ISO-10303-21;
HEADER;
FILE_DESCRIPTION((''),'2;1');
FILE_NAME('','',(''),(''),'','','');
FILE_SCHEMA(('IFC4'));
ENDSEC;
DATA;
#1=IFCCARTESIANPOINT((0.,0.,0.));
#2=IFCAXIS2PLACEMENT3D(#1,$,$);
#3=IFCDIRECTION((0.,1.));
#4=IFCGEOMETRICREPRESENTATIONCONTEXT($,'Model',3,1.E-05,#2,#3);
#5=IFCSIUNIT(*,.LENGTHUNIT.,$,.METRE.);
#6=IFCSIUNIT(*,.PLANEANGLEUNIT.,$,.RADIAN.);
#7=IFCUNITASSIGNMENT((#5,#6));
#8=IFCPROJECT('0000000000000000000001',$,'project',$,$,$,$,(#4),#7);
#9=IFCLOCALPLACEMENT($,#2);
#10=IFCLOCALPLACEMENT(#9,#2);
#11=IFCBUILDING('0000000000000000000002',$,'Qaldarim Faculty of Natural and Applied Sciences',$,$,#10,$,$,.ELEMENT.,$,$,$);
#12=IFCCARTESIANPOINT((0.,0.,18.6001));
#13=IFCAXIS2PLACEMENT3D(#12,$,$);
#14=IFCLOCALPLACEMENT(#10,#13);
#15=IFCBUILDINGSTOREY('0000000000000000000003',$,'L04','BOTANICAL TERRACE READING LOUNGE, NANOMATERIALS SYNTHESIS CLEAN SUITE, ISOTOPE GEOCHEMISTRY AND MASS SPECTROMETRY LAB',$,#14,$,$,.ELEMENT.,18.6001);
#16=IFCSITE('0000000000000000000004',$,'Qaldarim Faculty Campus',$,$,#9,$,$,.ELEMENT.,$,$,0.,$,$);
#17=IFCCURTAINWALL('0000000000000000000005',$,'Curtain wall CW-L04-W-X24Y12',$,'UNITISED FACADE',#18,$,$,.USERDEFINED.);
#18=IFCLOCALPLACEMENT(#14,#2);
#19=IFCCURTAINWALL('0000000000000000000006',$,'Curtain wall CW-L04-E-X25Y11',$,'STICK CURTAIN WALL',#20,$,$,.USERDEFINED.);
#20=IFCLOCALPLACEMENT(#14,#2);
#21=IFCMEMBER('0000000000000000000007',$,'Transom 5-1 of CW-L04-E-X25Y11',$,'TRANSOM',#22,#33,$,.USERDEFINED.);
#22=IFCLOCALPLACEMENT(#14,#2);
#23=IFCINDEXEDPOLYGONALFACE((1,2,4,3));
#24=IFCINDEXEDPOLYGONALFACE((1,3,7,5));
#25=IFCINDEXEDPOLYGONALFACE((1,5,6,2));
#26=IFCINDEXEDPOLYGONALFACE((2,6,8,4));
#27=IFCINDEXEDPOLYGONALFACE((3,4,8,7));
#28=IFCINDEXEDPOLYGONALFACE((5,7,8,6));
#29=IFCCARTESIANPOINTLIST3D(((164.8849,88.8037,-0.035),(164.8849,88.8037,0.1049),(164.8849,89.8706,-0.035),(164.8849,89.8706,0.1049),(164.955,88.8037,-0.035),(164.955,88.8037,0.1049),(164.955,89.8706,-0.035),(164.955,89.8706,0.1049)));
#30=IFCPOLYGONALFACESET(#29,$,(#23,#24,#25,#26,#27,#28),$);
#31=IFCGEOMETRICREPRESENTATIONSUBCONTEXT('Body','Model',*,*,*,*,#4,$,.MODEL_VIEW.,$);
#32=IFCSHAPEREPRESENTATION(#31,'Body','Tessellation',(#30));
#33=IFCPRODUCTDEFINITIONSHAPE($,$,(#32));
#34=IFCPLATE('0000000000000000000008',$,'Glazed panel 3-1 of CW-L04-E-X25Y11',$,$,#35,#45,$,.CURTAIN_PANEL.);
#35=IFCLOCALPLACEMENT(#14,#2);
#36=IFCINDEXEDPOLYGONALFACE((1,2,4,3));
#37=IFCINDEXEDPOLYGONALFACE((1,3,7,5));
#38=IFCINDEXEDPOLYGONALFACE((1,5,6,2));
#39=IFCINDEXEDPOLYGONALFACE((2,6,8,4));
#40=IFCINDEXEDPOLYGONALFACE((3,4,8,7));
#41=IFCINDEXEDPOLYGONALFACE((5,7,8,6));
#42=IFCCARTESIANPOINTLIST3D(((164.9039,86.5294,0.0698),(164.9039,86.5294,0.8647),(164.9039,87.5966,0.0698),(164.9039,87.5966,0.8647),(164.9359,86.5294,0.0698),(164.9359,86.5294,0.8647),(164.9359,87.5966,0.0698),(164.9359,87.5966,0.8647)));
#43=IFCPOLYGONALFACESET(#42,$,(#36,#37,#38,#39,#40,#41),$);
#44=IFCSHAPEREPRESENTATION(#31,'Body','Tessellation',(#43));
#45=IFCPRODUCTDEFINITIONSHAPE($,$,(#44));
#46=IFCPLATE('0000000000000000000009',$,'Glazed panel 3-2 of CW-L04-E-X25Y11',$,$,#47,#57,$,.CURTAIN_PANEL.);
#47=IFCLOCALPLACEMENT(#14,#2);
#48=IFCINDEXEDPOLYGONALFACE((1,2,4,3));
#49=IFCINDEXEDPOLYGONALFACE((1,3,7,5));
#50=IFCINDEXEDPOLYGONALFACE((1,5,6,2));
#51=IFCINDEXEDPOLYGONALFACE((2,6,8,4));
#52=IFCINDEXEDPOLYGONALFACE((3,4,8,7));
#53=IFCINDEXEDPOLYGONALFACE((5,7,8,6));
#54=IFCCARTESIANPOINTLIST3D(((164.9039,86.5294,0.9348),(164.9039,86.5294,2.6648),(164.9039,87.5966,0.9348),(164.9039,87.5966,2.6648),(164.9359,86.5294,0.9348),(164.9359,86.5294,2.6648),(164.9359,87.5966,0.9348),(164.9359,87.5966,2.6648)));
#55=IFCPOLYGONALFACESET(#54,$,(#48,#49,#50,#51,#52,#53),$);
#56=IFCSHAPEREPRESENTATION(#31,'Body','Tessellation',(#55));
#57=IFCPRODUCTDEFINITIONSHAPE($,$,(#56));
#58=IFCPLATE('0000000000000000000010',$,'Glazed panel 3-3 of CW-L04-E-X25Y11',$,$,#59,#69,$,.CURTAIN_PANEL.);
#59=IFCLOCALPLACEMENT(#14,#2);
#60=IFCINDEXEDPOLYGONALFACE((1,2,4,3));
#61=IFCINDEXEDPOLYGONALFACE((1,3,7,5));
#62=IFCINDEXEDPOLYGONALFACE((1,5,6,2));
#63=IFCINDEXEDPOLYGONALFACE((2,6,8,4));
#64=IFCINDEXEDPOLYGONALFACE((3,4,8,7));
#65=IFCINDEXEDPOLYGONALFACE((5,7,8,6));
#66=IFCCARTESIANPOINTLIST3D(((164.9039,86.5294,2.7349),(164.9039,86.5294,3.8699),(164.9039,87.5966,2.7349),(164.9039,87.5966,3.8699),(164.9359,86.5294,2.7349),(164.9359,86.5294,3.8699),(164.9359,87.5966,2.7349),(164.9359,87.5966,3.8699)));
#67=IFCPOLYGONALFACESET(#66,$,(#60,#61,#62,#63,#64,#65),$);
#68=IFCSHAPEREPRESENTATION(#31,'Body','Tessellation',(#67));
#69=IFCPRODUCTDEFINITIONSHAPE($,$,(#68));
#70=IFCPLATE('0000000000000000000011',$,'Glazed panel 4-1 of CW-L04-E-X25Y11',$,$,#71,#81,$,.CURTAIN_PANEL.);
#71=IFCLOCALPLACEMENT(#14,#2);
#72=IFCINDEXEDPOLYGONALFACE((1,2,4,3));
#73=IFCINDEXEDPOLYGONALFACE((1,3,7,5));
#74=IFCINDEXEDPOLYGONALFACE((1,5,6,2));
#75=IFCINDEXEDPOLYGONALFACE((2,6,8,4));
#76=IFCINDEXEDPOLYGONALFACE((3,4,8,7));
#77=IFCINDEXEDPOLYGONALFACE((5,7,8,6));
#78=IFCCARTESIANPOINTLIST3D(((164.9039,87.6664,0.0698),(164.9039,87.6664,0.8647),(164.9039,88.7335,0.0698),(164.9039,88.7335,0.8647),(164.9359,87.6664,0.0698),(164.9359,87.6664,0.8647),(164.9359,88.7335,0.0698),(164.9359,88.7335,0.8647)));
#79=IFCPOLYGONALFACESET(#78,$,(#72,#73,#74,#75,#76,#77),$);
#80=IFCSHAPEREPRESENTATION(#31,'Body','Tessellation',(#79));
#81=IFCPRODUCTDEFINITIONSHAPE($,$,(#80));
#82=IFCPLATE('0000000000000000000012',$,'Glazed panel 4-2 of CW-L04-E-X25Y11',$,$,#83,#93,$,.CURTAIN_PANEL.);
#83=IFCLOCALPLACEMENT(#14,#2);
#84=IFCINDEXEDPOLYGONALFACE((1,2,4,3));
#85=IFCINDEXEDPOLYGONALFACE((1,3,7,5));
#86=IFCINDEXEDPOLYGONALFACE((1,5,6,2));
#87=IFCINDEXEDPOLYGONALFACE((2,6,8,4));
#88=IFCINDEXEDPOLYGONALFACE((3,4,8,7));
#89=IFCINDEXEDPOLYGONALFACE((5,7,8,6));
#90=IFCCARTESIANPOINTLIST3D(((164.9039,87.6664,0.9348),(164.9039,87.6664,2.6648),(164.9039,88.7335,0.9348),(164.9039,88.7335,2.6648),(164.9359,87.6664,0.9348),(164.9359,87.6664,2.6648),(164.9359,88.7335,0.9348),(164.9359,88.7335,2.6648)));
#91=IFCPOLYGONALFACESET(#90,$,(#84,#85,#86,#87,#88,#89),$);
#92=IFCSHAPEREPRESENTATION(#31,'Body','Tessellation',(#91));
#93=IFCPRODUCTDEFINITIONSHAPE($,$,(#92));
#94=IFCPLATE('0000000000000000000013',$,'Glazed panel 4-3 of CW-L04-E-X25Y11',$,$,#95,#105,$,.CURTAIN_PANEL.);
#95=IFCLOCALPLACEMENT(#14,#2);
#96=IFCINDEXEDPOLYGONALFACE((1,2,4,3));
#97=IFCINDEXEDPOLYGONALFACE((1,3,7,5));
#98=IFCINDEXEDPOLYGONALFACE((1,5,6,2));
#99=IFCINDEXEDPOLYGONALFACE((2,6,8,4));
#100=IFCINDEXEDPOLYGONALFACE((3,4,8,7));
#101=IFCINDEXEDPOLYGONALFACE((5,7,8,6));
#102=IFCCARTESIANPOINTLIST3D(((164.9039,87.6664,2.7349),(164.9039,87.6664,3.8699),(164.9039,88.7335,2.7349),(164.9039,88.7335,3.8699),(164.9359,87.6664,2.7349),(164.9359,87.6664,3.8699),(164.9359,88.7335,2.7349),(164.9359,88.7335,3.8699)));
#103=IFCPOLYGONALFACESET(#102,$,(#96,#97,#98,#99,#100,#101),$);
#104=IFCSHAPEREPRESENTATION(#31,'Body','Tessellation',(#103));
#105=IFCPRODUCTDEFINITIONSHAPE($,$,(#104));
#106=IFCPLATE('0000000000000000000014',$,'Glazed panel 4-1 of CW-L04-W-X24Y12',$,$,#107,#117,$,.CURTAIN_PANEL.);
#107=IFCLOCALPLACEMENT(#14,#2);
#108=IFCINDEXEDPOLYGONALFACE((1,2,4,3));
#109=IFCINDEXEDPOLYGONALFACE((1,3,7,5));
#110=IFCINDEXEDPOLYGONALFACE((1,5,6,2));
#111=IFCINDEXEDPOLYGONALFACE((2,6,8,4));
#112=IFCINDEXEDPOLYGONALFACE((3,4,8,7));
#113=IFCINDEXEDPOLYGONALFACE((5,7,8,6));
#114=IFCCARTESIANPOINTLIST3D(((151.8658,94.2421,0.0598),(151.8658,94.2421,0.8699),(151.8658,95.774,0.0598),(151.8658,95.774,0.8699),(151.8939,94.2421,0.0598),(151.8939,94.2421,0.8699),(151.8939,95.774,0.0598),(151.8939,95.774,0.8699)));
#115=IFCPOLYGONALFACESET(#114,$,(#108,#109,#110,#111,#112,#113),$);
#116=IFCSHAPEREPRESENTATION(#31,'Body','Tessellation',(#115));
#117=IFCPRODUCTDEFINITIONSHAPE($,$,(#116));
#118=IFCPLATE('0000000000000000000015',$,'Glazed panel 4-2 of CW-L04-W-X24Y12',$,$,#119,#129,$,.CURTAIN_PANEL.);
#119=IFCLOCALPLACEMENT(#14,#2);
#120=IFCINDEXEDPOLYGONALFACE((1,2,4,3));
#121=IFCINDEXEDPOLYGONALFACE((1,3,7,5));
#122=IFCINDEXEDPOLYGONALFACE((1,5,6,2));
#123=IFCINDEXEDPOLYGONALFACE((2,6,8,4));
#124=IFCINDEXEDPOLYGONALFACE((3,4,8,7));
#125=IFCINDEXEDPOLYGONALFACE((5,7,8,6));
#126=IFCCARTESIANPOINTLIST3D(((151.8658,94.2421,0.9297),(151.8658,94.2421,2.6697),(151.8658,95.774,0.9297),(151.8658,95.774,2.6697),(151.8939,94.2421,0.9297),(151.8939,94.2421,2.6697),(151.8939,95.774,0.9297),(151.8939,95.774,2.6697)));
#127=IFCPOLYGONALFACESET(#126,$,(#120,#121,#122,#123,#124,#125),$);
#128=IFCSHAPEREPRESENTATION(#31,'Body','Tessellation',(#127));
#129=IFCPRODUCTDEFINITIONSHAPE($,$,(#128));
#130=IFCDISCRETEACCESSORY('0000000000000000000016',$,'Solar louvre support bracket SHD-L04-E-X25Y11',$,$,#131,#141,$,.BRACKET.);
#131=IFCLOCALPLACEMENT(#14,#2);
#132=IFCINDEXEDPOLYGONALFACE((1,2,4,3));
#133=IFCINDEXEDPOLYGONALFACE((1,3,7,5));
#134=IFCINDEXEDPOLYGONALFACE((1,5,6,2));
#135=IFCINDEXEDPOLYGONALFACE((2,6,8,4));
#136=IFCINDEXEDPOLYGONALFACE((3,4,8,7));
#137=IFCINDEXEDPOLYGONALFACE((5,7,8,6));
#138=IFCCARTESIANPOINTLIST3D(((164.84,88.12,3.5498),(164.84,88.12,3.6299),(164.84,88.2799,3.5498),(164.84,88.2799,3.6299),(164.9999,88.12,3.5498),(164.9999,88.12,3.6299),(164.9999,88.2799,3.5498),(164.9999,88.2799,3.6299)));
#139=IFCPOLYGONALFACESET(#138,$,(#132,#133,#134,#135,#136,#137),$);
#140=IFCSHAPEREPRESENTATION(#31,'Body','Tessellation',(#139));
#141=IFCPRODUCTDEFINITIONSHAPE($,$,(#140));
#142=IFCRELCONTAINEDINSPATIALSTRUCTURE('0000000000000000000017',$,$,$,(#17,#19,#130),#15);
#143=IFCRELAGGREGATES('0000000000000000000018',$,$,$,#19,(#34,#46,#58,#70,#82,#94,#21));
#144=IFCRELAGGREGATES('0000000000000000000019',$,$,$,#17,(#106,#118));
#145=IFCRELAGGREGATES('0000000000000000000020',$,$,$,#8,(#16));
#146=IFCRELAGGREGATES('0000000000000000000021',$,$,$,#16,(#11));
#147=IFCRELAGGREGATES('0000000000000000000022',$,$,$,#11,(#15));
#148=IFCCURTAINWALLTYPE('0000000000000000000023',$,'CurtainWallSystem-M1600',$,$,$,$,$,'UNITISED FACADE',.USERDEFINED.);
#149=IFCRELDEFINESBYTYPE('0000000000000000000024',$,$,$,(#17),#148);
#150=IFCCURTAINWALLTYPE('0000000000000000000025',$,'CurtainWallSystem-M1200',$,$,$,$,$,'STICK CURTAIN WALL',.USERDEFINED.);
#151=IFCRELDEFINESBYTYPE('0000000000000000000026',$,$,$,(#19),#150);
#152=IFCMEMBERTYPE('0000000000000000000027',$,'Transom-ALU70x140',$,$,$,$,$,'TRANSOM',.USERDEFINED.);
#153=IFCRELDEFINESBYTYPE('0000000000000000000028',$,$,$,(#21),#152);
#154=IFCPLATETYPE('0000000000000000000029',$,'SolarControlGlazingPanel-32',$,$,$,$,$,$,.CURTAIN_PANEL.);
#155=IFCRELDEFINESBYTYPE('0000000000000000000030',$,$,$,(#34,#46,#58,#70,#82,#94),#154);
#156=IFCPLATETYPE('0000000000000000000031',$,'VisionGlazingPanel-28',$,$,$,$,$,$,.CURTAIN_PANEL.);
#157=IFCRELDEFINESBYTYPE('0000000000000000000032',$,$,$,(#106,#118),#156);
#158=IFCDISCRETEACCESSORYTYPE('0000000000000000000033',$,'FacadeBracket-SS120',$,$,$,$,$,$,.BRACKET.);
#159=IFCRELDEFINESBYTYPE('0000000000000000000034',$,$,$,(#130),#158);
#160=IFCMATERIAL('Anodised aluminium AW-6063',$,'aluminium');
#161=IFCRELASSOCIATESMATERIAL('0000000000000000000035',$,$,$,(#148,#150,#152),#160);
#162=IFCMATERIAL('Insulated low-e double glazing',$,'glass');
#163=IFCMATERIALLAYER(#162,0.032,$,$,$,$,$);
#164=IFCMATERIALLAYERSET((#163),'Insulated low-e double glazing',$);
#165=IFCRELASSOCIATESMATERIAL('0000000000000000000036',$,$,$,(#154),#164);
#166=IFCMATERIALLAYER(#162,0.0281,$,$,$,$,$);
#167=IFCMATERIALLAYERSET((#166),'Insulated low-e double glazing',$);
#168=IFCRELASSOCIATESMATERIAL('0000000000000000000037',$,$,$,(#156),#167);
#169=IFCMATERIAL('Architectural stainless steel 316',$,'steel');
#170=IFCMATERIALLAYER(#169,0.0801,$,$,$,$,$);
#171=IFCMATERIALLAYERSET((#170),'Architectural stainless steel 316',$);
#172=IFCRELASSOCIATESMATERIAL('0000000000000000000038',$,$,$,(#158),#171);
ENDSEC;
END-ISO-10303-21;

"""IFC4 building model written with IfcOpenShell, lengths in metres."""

from ifc_helpers import new_model, si_unit, direction, frame, origin, origin_2d, place, context, subcontext, project, spatial, rectangle, extrude, material, layer, layer_set, material_profile, profile_set, type_object, element, aggregate, save


model = new_model("IFC4")

# Units and contexts
model_context = context("Model", 3, precision=1e-05, world=origin(), true_north=direction((0.0, 1.0)))
body_context = subcontext(model_context, "Body", "Model", "MODEL_VIEW")
ifc_project = project(units=[si_unit("LENGTHUNIT", "METRE"), si_unit("PLANEANGLEUNIT", "RADIAN")], contexts=[model_context])

# Site, building, storey
site_placement = place(None, origin())
site = spatial("IfcSite", under=ifc_project, at=site_placement, Name="Qaldarim Faculty Campus", CompositionType="ELEMENT", RefElevation=0.0)
building_placement = place(site_placement, origin())
building = spatial("IfcBuilding", under=site, at=building_placement, Name="Qaldarim Faculty of Natural and Applied Sciences", CompositionType="ELEMENT")
storey_placement = place(building_placement, frame((0.0, 0.0, 18.6001)))
storey = spatial("IfcBuildingStorey", under=building, at=storey_placement, Name="L04", Description="BOTANICAL TERRACE READING LOUNGE, NANOMATERIALS SYNTHESIS CLEAN SUITE, ISOTOPE GEOCHEMISTRY AND MASS SPECTROMETRY LAB", CompositionType="ELEMENT", Elevation=18.6001)

# Curtain wall
ifc_material_1 = material(Name="Anodised aluminium AW-6063", Category="aluminium")
curtain_wall_type_1 = type_object("IfcCurtainWallType", Name="CurtainWallSystem-M1600", ElementType="UNITISED FACADE", PredefinedType="USERDEFINED", material=ifc_material_1)
curtain_wall_1_placement = place(storey_placement, origin())
curtain_wall_1 = element("IfcCurtainWall", 1, at=curtain_wall_1_placement, inside=storey, type_object=curtain_wall_type_1, Name="Curtain wall CW-L04-W-X24Y12", ObjectType="UNITISED FACADE", PredefinedType="USERDEFINED")

# Curtain wall
curtain_wall_type_2 = type_object("IfcCurtainWallType", Name="CurtainWallSystem-M1200", ElementType="STICK CURTAIN WALL", PredefinedType="USERDEFINED", material=ifc_material_1)
curtain_wall_2_placement = place(storey_placement, origin())
curtain_wall_2 = element("IfcCurtainWall", 2, at=curtain_wall_2_placement, inside=storey, type_object=curtain_wall_type_2, Name="Curtain wall CW-L04-E-X25Y11", ObjectType="STICK CURTAIN WALL", PredefinedType="USERDEFINED")

# Member
ifc_material_profile_1 = material_profile(ifc_material_1, rectangle(XDim=0.0701, YDim=0.1399, at=origin_2d()), Name="ALU-T70x140")
ifc_profile_set_1 = profile_set([ifc_material_profile_1], Name="Anodised aluminium AW-6063")
member_type_1 = type_object("IfcMemberType", Name="Transom-ALU70x140", ElementType="TRANSOM", PredefinedType="USERDEFINED", material=ifc_profile_set_1)
member_1_placement = place(storey_placement, frame((164.9199, 88.8037, 0.0349), z_axis=(0.0, 1.0, 0.0), x_axis=(-1.0, 0.0, 0.0)))
member_1 = element("IfcMember", 3, at=member_1_placement, type_object=member_type_1, Name="Transom 5-1 of CW-L04-E-X25Y11", ObjectType="TRANSOM", PredefinedType="USERDEFINED", context=body_context, shape_type="SweptSolid", body=[
    extrude(rectangle(XDim=0.0701, YDim=0.1399, at=origin_2d()), origin(), (0.0, 0.0, 1.0), 1.0669),
])

# Plates
ifc_material_2 = material(Name="Insulated low-e double glazing", Category="glass")
ifc_layer_1 = layer(ifc_material_2, 0.032)
ifc_layer_set_1 = layer_set([ifc_layer_1], Name="Insulated low-e double glazing")
plate_type_1 = type_object("IfcPlateType", Name="SolarControlGlazingPanel-32", PredefinedType="CURTAIN_PANEL", material=ifc_layer_set_1)
plate_1_placement = place(storey_placement, frame((164.9199, 87.063, 0.0698), z_axis=(0.0, 0.0, 1.0), x_axis=(0.0, 1.0, 0.0)))
plate_1 = element("IfcPlate", 4, at=plate_1_placement, type_object=plate_type_1, Name="Glazed panel 3-1 of CW-L04-E-X25Y11", PredefinedType="CURTAIN_PANEL", context=body_context, shape_type="SweptSolid", body=[
    extrude(rectangle(XDim=1.0671, YDim=0.032, at=origin_2d()), origin(), (0.0, 0.0, 1.0), 0.7949),
])
plate_2_placement = place(storey_placement, frame((164.9199, 87.063, 0.9348), z_axis=(0.0, 0.0, 1.0), x_axis=(0.0, 1.0, 0.0)))
plate_2 = element("IfcPlate", 5, at=plate_2_placement, type_object=plate_type_1, Name="Glazed panel 3-2 of CW-L04-E-X25Y11", PredefinedType="CURTAIN_PANEL", context=body_context, shape_type="SweptSolid", body=[
    extrude(rectangle(XDim=1.0671, YDim=0.032, at=origin_2d()), origin(), (0.0, 0.0, 1.0), 1.73),
])
plate_3_placement = place(storey_placement, frame((164.9199, 87.063, 2.7349), z_axis=(0.0, 0.0, 1.0), x_axis=(0.0, 1.0, 0.0)))
plate_3 = element("IfcPlate", 6, at=plate_3_placement, type_object=plate_type_1, Name="Glazed panel 3-3 of CW-L04-E-X25Y11", PredefinedType="CURTAIN_PANEL", context=body_context, shape_type="SweptSolid", body=[
    extrude(rectangle(XDim=1.0671, YDim=0.032, at=origin_2d()), origin(), (0.0, 0.0, 1.0), 1.135),
])
plate_4_placement = place(storey_placement, frame((164.9199, 88.2, 0.0698), z_axis=(0.0, 0.0, 1.0), x_axis=(0.0, 1.0, 0.0)))
plate_4 = element("IfcPlate", 7, at=plate_4_placement, type_object=plate_type_1, Name="Glazed panel 4-1 of CW-L04-E-X25Y11", PredefinedType="CURTAIN_PANEL", context=body_context, shape_type="SweptSolid", body=[
    extrude(rectangle(XDim=1.0671, YDim=0.032, at=origin_2d()), origin(), (0.0, 0.0, 1.0), 0.7949),
])
plate_5_placement = place(storey_placement, frame((164.9199, 88.2, 0.9348), z_axis=(0.0, 0.0, 1.0), x_axis=(0.0, 1.0, 0.0)))
plate_5 = element("IfcPlate", 8, at=plate_5_placement, type_object=plate_type_1, Name="Glazed panel 4-2 of CW-L04-E-X25Y11", PredefinedType="CURTAIN_PANEL", context=body_context, shape_type="SweptSolid", body=[
    extrude(rectangle(XDim=1.0671, YDim=0.032, at=origin_2d()), origin(), (0.0, 0.0, 1.0), 1.73),
])
plate_6_placement = place(storey_placement, frame((164.9199, 88.2, 2.7349), z_axis=(0.0, 0.0, 1.0), x_axis=(0.0, 1.0, 0.0)))
plate_6 = element("IfcPlate", 9, at=plate_6_placement, type_object=plate_type_1, Name="Glazed panel 4-3 of CW-L04-E-X25Y11", PredefinedType="CURTAIN_PANEL", context=body_context, shape_type="SweptSolid", body=[
    extrude(rectangle(XDim=1.0671, YDim=0.032, at=origin_2d()), origin(), (0.0, 0.0, 1.0), 1.135),
])
aggregate(curtain_wall_2, [plate_1, plate_2, plate_3, plate_4, plate_5, plate_6, member_1])
ifc_layer_2 = layer(ifc_material_2, 0.0281)
ifc_layer_set_2 = layer_set([ifc_layer_2], Name="Insulated low-e double glazing")
plate_type_2 = type_object("IfcPlateType", Name="VisionGlazingPanel-28", PredefinedType="CURTAIN_PANEL", material=ifc_layer_set_2)
plate_7_placement = place(storey_placement, frame((151.8799, 95.0081, 0.0598), z_axis=(0.0, 0.0, 1.0), x_axis=(0.0, -1.0, 0.0)))
plate_7 = element("IfcPlate", 10, at=plate_7_placement, type_object=plate_type_2, Name="Glazed panel 4-1 of CW-L04-W-X24Y12", PredefinedType="CURTAIN_PANEL", context=body_context, shape_type="SweptSolid", body=[
    extrude(rectangle(XDim=1.532, YDim=0.0281, at=origin_2d()), origin(), (0.0, 0.0, 1.0), 0.8101),
])
plate_8_placement = place(storey_placement, frame((151.8799, 95.0081, 0.9297), z_axis=(0.0, 0.0, 1.0), x_axis=(0.0, -1.0, 0.0)))
plate_8 = element("IfcPlate", 11, at=plate_8_placement, type_object=plate_type_2, Name="Glazed panel 4-2 of CW-L04-W-X24Y12", PredefinedType="CURTAIN_PANEL", context=body_context, shape_type="SweptSolid", body=[
    extrude(rectangle(XDim=1.532, YDim=0.0281, at=origin_2d()), origin(), (0.0, 0.0, 1.0), 1.74),
])
aggregate(curtain_wall_1, [plate_7, plate_8])

# Discrete accessory
ifc_material_3 = material(Name="Architectural stainless steel 316", Category="steel")
ifc_layer_3 = layer(ifc_material_3, 0.0801)
ifc_layer_set_3 = layer_set([ifc_layer_3], Name="Architectural stainless steel 316")
discrete_accessory_type = type_object("IfcDiscreteAccessoryType", Name="FacadeBracket-SS120", PredefinedType="BRACKET", material=ifc_layer_set_3)
discrete_accessory_placement = place(storey_placement, frame((164.9199, 88.2, 3.5498), z_axis=(0.0, 0.0, 1.0), x_axis=(0.0, 1.0, 0.0)))
element("IfcDiscreteAccessory", 12, at=discrete_accessory_placement, inside=storey, type_object=discrete_accessory_type, Name="Solar louvre support bracket SHD-L04-E-X25Y11", PredefinedType="BRACKET", context=body_context, shape_type="SweptSolid", body=[
    extrude(rectangle(XDim=0.1599, YDim=0.1599, at=origin_2d()), origin(), (0.0, 0.0, 1.0), 0.0801),
])

save(model, "model.ifc")
